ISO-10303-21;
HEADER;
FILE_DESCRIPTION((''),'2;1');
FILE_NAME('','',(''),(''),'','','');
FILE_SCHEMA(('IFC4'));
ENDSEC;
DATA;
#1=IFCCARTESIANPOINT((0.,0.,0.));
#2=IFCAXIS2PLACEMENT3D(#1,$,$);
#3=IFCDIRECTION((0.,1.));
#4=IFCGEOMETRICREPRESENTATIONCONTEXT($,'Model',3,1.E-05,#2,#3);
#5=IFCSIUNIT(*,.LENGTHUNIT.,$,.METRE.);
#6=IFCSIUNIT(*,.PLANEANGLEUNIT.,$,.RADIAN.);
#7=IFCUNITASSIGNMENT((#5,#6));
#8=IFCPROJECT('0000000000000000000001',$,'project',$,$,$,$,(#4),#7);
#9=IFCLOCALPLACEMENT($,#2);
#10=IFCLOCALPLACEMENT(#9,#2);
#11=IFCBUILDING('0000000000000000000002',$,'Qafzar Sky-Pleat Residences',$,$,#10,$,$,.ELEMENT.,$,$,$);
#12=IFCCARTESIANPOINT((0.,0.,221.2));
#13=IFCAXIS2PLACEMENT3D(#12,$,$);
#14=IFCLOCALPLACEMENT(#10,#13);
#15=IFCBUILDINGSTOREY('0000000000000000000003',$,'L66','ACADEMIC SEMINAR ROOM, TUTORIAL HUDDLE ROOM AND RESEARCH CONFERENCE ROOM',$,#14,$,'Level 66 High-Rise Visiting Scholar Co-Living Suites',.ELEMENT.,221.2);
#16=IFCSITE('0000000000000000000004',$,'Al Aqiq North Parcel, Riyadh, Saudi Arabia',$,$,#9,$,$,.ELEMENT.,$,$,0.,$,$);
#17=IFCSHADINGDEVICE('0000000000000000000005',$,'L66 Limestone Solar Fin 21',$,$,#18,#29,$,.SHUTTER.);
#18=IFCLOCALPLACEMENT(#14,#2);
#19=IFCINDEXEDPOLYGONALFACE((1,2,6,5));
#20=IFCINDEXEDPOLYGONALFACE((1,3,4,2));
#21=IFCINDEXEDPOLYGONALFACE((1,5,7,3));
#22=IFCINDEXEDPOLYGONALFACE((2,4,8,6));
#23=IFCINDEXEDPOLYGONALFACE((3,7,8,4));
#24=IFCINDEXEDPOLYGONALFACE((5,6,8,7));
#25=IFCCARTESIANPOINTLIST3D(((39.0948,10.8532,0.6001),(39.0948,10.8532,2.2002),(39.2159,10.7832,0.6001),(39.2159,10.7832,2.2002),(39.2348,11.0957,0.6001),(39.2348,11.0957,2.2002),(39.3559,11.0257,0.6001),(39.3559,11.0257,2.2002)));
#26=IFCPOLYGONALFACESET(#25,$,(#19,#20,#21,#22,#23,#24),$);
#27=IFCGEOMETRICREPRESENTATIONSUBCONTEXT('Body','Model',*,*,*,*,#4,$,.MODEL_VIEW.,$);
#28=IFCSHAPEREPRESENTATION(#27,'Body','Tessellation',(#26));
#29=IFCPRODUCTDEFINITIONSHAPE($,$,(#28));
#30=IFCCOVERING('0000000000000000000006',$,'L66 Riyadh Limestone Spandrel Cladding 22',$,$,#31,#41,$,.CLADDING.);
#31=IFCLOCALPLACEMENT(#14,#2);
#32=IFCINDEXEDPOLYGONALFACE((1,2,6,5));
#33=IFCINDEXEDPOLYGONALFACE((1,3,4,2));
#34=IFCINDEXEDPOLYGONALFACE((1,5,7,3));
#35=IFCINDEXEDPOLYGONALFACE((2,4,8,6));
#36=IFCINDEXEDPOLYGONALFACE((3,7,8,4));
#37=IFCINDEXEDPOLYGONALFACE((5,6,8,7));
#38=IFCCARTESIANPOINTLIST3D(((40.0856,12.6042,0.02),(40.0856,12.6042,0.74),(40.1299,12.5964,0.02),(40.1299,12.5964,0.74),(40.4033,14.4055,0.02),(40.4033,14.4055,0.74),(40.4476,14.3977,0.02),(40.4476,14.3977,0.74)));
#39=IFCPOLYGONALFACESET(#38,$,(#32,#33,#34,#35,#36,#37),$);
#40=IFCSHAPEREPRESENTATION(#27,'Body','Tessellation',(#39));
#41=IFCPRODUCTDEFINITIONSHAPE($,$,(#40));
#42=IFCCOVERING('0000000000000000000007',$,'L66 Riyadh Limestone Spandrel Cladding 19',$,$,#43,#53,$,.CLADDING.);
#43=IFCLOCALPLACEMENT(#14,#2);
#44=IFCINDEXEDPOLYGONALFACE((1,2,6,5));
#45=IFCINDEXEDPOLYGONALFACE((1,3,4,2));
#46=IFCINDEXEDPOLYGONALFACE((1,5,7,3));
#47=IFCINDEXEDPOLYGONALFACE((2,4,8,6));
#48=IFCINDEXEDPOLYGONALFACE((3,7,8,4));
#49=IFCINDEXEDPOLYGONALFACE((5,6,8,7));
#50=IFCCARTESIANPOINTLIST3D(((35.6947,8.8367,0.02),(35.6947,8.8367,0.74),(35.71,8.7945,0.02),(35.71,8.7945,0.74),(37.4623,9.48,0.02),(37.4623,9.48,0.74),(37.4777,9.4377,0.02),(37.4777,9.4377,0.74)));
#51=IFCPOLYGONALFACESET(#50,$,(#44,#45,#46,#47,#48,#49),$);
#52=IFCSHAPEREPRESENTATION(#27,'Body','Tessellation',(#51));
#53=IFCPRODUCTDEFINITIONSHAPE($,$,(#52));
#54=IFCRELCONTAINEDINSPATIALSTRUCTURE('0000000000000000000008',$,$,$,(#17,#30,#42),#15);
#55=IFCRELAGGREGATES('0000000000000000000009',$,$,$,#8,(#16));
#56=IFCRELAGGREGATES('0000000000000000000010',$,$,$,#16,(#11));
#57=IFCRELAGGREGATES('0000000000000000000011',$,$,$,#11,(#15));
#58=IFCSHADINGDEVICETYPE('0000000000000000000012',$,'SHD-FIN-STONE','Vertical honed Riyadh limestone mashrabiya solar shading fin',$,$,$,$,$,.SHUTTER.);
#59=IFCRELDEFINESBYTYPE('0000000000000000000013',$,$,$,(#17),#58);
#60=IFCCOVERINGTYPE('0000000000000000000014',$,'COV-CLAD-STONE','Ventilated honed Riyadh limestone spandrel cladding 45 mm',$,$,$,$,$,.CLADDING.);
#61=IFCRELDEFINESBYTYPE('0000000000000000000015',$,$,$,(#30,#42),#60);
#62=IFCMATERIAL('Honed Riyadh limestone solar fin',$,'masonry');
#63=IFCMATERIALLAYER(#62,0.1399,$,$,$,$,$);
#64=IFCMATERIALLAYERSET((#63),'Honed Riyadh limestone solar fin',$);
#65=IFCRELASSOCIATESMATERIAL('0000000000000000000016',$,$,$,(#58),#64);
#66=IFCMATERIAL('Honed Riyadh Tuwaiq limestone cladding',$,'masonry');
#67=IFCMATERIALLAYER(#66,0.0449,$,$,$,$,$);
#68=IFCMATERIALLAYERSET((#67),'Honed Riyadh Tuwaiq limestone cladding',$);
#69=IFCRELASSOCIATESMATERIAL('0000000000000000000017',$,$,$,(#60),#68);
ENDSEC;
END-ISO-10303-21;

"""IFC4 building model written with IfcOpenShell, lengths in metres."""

from ifc_helpers import new_model, si_unit, direction, frame, origin, origin_2d, place, context, subcontext, project, spatial, rectangle, extrude, source, transform, mapped, material, layer, layer_set, type_object, element, save


model = new_model("IFC4")

# Units and contexts
model_context = context("Model", 3, precision=1e-05, world=origin(), true_north=direction((0.0, 1.0)))
body_context = subcontext(model_context, "Body", "Model", "MODEL_VIEW")
ifc_project = project(units=[si_unit("LENGTHUNIT", "METRE"), si_unit("PLANEANGLEUNIT", "RADIAN")], contexts=[model_context])

# Site, building, storey
site_placement = place(None, origin())
site = spatial("IfcSite", under=ifc_project, at=site_placement, Name="Al Aqiq North Parcel, Riyadh, Saudi Arabia", CompositionType="ELEMENT", RefElevation=0.0)
building_placement = place(site_placement, origin())
building = spatial("IfcBuilding", under=site, at=building_placement, Name="Qafzar Sky-Pleat Residences", CompositionType="ELEMENT")
storey_placement = place(building_placement, frame((0.0, 0.0, 221.2)))
storey = spatial("IfcBuildingStorey", under=building, at=storey_placement, Name="L66", Description="ACADEMIC SEMINAR ROOM, TUTORIAL HUDDLE ROOM AND RESEARCH CONFERENCE ROOM", LongName="Level 66 High-Rise Visiting Scholar Co-Living Suites", CompositionType="ELEMENT", Elevation=221.2)

# Shading device
ifc_material_1 = material(Name="Honed Riyadh limestone solar fin", Category="masonry")
ifc_layer_1 = layer(ifc_material_1, 0.1399)
ifc_layer_set_1 = layer_set([ifc_layer_1], Name="Honed Riyadh limestone solar fin")
shading_device_type = type_object("IfcShadingDeviceType", Name="SHD-FIN-STONE", Description="Vertical honed Riyadh limestone mashrabiya solar shading fin", PredefinedType="SHUTTER", material=ifc_layer_set_1)
shared_shape_1 = source(origin(), body_context, "Body", "SweptSolid", [
    extrude(rectangle(XDim=0.1399, YDim=0.28, at=origin_2d()), origin(), (0.0, 0.0, 1.0), 1.6001),
])
shading_device_placement = place(storey_placement, frame((39.2253, 10.9395, 0.6001), z_axis=(0.0, 0.0, 1.0), x_axis=(0.866032, -0.499989, 0.0)))
element("IfcShadingDevice", 1, at=shading_device_placement, inside=storey, type_object=shading_device_type, Name="L66 Limestone Solar Fin 21", PredefinedType="SHUTTER", context=body_context, shape_type="MappedRepresentation", body=[
    mapped(shared_shape_1, transform((0.0, 0.0, 0.0), x_axis=(1.0, 0.0, 0.0), y_axis=(0.0, 1.0, 0.0), z_axis=(0.0, 0.0, 1.0), scale=1.0)),
])

# Coverings
ifc_material_2 = material(Name="Honed Riyadh Tuwaiq limestone cladding", Category="masonry")
ifc_layer_2 = layer(ifc_material_2, 0.0449)
ifc_layer_set_2 = layer_set([ifc_layer_2], Name="Honed Riyadh Tuwaiq limestone cladding")
covering_type = type_object("IfcCoveringType", Name="COV-CLAD-STONE", Description="Ventilated honed Riyadh limestone spandrel cladding 45 mm", PredefinedType="CLADDING", material=ifc_layer_set_2)
shared_shape_2 = source(origin(), body_context, "Body", "SweptSolid", [
    extrude(rectangle(XDim=1.8291, YDim=0.0449, at=origin_2d()), origin(), (0.0, 0.0, 1.0), 0.72),
])
covering_1_placement = place(storey_placement, frame((40.2666, 13.501, 0.02), z_axis=(0.0, 0.0, 1.0), x_axis=(0.173687, 0.984801, 0.0)))
element("IfcCovering", 2, at=covering_1_placement, inside=storey, type_object=covering_type, Name="L66 Riyadh Limestone Spandrel Cladding 22", PredefinedType="CLADDING", context=body_context, shape_type="MappedRepresentation", body=[
    mapped(shared_shape_2, transform((0.0, 0.0, 0.0), x_axis=(1.0, 0.0, 0.0), y_axis=(0.0, 1.0, 0.0), z_axis=(0.0, 0.0, 1.0), scale=1.0)),
])
shared_shape_3 = source(origin(), body_context, "Body", "SweptSolid", [
    extrude(rectangle(XDim=1.8811, YDim=0.0449, at=origin_2d()), origin(), (0.0, 0.0, 1.0), 0.72),
])
covering_2_placement = place(storey_placement, frame((36.5862, 9.1372, 0.02), z_axis=(0.0, 0.0, 1.0), x_axis=(0.93971, 0.341974, 0.0)))
element("IfcCovering", 3, at=covering_2_placement, inside=storey, type_object=covering_type, Name="L66 Riyadh Limestone Spandrel Cladding 19", PredefinedType="CLADDING", context=body_context, shape_type="MappedRepresentation", body=[
    mapped(shared_shape_3, transform((0.0, 0.0, 0.0), x_axis=(1.0, 0.0, 0.0), y_axis=(0.0, 1.0, 0.0), z_axis=(0.0, 0.0, 1.0), scale=1.0)),
])

save(model, "model.ifc")
